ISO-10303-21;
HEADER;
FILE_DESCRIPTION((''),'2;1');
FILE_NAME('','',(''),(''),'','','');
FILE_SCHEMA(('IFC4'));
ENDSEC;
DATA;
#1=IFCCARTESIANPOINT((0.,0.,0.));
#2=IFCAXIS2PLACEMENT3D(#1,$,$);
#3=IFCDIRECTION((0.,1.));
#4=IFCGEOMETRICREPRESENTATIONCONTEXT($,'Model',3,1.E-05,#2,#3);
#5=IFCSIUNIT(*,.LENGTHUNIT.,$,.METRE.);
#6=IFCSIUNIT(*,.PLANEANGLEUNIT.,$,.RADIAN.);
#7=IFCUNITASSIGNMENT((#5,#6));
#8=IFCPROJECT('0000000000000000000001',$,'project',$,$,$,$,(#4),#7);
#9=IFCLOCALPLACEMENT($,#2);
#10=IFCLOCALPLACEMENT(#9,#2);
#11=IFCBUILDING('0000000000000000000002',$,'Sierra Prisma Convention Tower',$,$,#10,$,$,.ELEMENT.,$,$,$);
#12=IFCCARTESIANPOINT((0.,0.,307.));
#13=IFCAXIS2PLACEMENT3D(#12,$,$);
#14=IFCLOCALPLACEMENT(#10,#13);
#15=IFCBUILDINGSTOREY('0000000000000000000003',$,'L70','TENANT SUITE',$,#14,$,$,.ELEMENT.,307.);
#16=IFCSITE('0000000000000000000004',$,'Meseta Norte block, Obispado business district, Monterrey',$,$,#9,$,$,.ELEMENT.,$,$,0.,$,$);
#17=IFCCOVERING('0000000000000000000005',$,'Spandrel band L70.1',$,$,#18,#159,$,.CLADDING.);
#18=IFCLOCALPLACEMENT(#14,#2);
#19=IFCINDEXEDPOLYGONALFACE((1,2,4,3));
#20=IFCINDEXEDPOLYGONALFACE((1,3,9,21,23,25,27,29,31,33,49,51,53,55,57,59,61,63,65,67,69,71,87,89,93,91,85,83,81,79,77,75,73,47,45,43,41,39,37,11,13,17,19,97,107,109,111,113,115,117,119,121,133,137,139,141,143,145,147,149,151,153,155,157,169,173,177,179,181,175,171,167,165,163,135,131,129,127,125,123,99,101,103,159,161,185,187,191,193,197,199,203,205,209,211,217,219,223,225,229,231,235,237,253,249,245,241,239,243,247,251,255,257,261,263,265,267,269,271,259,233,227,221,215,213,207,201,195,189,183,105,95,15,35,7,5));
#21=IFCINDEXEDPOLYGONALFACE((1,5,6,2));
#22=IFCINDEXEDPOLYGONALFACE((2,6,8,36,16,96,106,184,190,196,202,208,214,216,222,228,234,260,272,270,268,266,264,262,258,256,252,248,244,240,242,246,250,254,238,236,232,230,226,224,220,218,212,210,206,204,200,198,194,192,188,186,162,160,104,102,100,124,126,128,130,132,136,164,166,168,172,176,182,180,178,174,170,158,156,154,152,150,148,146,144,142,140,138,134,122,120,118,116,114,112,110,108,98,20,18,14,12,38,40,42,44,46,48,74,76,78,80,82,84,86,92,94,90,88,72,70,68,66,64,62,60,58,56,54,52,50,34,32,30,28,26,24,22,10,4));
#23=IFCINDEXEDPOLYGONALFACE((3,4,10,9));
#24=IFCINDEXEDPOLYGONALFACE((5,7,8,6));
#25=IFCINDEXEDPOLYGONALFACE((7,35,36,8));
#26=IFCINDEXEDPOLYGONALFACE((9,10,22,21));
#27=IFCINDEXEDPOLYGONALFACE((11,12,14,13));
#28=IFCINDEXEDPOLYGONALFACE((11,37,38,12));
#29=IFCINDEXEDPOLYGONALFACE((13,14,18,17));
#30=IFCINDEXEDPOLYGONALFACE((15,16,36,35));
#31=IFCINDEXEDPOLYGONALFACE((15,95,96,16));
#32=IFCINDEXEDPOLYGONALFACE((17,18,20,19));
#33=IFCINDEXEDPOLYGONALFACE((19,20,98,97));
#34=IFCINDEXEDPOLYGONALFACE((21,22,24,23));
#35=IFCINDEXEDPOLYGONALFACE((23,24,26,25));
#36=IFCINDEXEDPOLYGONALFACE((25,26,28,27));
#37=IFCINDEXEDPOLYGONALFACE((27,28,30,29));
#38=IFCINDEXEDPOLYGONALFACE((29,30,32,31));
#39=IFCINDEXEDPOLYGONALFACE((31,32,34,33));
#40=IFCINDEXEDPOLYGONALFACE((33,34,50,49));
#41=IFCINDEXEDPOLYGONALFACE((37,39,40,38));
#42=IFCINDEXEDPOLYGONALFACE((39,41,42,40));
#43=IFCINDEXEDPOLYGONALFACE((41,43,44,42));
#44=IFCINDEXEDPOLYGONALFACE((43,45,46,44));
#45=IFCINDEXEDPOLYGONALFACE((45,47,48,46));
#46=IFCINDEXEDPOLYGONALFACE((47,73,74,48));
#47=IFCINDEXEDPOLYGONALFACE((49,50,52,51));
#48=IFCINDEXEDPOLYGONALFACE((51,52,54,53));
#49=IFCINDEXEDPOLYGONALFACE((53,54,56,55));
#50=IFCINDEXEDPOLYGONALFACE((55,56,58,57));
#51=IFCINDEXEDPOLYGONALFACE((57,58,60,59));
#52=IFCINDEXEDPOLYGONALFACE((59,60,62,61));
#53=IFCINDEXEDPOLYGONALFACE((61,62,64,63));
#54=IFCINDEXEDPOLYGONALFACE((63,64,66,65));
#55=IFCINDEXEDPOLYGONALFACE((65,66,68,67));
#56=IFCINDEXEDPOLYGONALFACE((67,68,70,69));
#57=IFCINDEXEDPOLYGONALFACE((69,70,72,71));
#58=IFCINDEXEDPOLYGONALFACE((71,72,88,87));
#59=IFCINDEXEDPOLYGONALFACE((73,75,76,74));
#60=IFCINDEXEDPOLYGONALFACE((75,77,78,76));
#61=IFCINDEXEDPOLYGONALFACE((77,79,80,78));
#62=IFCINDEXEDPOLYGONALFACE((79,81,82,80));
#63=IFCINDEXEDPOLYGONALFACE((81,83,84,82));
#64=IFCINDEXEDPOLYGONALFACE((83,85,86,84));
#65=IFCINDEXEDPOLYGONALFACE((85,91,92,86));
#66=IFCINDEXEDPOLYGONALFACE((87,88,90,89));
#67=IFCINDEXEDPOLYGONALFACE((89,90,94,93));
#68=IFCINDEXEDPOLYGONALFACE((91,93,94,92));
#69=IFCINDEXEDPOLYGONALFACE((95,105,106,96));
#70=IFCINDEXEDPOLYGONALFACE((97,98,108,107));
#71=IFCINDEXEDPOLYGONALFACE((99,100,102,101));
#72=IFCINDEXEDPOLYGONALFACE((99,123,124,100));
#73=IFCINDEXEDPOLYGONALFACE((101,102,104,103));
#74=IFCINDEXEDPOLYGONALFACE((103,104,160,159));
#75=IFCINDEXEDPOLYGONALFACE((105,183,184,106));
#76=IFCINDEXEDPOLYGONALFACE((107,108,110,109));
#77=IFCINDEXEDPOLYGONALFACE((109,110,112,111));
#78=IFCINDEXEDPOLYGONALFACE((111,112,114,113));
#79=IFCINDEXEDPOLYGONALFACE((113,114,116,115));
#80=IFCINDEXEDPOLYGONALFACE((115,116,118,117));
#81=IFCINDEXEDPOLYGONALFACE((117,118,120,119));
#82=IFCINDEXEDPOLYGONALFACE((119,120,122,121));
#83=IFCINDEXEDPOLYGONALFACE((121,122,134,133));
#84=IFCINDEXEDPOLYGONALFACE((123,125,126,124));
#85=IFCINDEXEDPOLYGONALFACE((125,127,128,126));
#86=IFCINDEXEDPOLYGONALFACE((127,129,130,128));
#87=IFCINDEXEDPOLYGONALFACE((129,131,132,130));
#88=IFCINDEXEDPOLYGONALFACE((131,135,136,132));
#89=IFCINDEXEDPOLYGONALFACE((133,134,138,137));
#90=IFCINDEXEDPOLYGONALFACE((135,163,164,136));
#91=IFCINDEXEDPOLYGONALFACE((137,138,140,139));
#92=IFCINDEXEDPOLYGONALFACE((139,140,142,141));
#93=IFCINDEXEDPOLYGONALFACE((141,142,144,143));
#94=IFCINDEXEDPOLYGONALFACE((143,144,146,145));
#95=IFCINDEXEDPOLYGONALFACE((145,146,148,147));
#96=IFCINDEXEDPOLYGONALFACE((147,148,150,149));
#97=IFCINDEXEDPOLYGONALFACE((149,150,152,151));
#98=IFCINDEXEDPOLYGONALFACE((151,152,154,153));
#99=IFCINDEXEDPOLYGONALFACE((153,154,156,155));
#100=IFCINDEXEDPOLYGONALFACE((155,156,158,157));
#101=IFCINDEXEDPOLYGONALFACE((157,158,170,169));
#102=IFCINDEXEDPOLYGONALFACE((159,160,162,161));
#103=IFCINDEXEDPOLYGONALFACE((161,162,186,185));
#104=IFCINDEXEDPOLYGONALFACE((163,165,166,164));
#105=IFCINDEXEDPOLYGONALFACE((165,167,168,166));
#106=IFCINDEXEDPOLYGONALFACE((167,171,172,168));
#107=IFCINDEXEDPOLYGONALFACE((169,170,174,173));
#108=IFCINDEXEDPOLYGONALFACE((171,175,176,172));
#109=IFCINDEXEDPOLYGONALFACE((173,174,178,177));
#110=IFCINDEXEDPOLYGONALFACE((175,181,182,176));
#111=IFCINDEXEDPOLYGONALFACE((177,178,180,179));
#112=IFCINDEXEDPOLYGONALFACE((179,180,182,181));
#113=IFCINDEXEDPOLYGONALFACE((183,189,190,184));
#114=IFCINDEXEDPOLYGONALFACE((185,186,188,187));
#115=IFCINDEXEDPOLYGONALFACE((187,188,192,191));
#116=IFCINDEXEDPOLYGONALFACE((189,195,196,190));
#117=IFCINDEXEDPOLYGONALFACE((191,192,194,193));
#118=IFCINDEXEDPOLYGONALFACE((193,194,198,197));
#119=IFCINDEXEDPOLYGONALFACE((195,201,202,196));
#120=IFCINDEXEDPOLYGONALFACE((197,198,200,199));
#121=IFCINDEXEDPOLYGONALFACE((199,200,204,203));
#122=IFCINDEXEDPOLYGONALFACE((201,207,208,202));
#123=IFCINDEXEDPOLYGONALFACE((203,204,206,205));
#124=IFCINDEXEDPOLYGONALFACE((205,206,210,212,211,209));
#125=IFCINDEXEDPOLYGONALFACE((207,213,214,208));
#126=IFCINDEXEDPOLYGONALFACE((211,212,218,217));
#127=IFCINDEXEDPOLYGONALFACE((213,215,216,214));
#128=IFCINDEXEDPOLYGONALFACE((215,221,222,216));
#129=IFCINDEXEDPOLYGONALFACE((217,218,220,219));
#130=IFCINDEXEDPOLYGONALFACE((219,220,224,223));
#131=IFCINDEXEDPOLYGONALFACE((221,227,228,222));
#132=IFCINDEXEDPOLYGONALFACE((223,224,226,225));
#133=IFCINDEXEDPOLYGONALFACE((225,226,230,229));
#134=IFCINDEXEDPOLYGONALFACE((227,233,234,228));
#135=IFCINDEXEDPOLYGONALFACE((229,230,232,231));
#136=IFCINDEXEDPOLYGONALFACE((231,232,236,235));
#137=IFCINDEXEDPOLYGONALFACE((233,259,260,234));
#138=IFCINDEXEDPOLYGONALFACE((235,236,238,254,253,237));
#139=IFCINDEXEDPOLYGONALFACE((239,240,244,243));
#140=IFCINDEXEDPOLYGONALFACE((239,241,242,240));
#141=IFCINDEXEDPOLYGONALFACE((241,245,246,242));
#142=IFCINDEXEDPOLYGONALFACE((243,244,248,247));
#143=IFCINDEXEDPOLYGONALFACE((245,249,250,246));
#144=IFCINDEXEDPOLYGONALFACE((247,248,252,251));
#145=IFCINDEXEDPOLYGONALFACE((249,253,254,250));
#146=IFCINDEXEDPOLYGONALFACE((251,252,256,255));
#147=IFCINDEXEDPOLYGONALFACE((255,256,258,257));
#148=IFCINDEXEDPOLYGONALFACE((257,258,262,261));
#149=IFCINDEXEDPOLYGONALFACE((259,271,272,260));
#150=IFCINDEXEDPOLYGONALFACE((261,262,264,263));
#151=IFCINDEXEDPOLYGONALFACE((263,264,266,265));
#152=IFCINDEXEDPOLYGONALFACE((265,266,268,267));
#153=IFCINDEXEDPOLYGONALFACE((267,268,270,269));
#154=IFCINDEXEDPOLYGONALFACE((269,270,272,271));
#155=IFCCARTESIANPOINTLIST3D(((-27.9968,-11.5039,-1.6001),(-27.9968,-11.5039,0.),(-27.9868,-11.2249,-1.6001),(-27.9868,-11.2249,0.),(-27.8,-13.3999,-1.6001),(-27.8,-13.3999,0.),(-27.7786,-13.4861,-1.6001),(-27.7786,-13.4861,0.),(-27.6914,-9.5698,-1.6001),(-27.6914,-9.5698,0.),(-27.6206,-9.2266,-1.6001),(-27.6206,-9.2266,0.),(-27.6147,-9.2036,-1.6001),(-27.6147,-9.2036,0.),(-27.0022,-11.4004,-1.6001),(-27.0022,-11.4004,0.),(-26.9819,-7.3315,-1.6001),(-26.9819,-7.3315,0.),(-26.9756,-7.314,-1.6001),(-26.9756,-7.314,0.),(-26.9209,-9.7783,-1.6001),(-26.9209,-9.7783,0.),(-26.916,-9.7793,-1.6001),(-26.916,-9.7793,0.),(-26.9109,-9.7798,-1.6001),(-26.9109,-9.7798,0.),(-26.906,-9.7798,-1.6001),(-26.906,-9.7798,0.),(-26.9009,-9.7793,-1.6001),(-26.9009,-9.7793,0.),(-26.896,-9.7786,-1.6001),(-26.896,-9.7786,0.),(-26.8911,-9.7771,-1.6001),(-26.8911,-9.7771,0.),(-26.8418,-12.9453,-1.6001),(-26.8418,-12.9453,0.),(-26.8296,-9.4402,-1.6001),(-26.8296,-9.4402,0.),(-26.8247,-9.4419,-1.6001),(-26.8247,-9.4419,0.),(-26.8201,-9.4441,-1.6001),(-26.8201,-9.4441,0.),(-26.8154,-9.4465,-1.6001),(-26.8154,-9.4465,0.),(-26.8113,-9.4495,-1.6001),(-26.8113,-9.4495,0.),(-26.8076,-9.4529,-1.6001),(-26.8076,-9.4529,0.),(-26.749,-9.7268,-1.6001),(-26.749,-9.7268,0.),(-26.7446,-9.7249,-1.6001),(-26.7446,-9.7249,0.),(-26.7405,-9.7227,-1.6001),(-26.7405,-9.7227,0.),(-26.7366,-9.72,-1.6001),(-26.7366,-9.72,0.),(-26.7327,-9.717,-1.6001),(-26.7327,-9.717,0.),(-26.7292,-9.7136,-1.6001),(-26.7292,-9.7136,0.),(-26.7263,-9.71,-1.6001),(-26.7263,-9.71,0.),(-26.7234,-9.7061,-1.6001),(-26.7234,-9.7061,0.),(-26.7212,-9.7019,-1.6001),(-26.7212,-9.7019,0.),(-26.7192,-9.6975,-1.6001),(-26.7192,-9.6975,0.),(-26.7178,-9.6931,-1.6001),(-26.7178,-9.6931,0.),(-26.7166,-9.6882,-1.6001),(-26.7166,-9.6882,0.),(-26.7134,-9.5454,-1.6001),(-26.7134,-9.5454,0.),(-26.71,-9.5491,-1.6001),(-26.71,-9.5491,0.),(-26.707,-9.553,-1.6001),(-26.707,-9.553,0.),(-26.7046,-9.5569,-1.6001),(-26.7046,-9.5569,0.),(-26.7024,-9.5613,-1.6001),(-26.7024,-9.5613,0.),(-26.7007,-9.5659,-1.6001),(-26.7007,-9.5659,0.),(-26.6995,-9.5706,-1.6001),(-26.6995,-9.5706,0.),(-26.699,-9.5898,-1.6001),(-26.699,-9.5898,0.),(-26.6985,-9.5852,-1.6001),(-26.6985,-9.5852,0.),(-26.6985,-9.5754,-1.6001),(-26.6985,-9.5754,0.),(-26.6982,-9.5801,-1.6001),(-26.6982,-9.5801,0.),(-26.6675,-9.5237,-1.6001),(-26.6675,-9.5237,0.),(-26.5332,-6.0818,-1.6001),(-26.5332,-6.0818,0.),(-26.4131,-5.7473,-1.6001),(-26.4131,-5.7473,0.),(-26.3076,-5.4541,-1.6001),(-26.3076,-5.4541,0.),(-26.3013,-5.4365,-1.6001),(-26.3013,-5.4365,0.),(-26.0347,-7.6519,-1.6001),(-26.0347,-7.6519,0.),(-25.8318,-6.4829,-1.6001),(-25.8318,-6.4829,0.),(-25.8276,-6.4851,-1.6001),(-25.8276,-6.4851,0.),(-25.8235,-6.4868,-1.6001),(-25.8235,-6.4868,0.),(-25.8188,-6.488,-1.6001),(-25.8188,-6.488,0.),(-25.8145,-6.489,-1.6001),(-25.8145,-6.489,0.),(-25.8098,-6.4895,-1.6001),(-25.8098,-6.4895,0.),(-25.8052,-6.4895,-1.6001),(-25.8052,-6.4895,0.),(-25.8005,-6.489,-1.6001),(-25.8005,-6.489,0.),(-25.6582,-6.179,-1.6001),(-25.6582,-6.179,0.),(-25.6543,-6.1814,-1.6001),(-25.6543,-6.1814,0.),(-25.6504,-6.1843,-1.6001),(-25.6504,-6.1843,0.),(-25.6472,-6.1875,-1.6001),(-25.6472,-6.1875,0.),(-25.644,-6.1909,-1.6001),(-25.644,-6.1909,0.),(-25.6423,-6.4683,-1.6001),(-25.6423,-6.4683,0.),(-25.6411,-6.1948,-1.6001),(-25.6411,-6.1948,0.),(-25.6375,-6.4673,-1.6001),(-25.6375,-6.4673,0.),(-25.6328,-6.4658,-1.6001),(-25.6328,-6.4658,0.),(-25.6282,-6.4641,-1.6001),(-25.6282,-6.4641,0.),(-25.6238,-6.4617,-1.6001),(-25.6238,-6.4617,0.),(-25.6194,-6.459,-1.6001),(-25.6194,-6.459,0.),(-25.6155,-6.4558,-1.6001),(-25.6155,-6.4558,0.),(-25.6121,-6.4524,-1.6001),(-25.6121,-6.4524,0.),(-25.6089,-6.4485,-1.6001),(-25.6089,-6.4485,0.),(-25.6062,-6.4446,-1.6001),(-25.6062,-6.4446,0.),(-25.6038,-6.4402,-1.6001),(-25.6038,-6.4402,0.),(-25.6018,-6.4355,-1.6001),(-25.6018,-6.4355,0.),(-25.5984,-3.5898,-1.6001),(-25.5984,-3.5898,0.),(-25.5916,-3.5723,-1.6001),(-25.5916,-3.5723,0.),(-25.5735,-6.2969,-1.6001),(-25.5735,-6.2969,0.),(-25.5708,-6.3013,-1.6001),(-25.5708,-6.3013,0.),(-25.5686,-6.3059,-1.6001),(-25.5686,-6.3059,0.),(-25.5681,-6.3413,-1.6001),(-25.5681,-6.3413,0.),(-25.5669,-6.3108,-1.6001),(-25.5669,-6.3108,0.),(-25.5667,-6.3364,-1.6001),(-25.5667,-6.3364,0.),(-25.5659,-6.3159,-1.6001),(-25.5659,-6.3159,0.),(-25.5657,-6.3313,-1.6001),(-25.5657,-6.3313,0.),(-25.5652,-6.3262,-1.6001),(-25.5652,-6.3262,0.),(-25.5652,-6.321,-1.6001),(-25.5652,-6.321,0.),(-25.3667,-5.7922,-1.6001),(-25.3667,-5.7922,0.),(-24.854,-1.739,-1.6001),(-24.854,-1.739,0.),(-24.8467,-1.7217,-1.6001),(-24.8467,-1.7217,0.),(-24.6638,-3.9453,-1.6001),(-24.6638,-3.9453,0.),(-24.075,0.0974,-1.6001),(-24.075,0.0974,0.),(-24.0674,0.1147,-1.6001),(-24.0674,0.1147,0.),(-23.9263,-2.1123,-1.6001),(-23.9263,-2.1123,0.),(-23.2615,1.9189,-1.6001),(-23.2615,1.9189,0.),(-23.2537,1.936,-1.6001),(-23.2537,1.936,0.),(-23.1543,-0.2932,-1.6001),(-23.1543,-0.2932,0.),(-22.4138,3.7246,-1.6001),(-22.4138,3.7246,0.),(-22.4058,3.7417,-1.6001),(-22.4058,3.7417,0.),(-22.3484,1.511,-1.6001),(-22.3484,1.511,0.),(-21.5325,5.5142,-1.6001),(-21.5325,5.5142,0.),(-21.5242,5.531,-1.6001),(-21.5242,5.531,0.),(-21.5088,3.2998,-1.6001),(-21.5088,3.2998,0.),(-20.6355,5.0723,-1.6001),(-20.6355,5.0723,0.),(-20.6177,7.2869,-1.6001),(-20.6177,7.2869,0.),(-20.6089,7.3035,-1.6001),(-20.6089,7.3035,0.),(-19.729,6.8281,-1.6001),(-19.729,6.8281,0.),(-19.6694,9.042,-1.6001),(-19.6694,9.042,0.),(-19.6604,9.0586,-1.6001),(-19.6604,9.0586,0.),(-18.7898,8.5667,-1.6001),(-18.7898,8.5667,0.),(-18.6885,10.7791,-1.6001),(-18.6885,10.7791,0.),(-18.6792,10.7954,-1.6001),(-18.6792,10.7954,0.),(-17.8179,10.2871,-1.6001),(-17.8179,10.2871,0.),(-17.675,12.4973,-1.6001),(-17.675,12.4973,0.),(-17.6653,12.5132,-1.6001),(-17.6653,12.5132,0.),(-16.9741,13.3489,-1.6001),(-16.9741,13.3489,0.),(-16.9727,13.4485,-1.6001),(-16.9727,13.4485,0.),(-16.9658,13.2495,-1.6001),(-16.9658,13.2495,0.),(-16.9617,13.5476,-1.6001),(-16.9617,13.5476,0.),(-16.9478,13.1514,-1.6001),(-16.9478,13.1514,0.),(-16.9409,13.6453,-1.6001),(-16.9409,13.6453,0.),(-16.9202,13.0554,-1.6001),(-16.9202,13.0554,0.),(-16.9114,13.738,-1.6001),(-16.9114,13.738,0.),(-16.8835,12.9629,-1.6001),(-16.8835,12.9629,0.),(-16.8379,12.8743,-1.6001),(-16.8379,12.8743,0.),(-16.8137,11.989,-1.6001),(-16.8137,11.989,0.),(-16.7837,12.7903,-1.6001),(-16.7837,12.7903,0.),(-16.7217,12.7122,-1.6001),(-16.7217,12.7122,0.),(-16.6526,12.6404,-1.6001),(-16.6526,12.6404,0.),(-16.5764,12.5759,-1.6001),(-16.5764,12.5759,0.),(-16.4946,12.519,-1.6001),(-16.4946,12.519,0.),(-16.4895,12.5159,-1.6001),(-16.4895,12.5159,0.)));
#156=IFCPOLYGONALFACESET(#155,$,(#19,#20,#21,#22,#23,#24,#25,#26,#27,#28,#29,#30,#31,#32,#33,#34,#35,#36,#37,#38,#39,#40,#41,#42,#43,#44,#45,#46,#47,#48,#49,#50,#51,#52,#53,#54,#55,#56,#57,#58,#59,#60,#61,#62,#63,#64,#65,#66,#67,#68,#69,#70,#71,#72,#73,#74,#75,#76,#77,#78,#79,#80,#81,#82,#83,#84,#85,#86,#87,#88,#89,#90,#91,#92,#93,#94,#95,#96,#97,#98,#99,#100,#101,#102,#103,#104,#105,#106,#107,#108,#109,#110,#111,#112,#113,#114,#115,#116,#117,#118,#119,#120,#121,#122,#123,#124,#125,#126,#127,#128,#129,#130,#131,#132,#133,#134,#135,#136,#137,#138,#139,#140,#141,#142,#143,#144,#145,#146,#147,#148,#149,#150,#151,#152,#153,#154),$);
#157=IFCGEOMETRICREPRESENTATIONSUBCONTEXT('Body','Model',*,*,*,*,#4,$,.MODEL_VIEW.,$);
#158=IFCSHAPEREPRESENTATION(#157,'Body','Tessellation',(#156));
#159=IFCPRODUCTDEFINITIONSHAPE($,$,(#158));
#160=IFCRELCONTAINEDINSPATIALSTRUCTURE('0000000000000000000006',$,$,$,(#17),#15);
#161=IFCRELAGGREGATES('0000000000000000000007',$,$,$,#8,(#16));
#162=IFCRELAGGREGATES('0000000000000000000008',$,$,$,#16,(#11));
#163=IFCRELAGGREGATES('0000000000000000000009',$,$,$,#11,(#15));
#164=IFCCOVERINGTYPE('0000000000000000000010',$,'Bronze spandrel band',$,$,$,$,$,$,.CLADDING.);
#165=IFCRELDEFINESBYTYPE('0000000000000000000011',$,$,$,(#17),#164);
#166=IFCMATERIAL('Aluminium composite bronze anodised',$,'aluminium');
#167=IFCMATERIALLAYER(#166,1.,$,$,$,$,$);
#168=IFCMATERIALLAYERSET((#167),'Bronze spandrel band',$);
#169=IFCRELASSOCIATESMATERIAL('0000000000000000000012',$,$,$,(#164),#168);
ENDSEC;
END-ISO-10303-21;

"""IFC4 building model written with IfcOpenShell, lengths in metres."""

from ifc_helpers import new_model, si_unit, direction, frame, origin, place, context, subcontext, project, spatial, polyline, outline, extrude, material, layer, layer_set, type_object, element, save


model = new_model("IFC4")

# Units and contexts
model_context = context("Model", 3, precision=1e-05, world=origin(), true_north=direction((0.0, 1.0)))
body_context = subcontext(model_context, "Body", "Model", "MODEL_VIEW")
ifc_project = project(units=[si_unit("LENGTHUNIT", "METRE"), si_unit("PLANEANGLEUNIT", "RADIAN")], contexts=[model_context])

# Site, building, storey
site_placement = place(None, origin())
site = spatial("IfcSite", under=ifc_project, at=site_placement, Name="Meseta Norte block, Obispado business district, Monterrey", CompositionType="ELEMENT", RefElevation=0.0)
building_placement = place(site_placement, origin())
building = spatial("IfcBuilding", under=site, at=building_placement, Name="Sierra Prisma Convention Tower", CompositionType="ELEMENT")
storey_placement = place(building_placement, frame((0.0, 0.0, 307.0)))
storey = spatial("IfcBuildingStorey", under=building, at=storey_placement, Name="L70", Description="TENANT SUITE", CompositionType="ELEMENT", Elevation=307.0)

# Covering
ifc_material_1 = material(Name="Aluminium composite bronze anodised", Category="aluminium")
ifc_layer_1 = layer(ifc_material_1, 1.0)
ifc_layer_set_1 = layer_set([ifc_layer_1], Name="Bronze spandrel band")
covering_type_1 = type_object("IfcCoveringType", Name="Bronze spandrel band", PredefinedType="CLADDING", material=ifc_layer_set_1)
covering_1_placement = place(storey_placement, frame((0.0, 0.0, -1.6001)))
element("IfcCovering", 1, at=covering_1_placement, inside=storey, type_object=covering_type_1, Name="Spandrel band L70.1", PredefinedType="CLADDING", context=body_context, shape_type="SweptSolid", body=[
    extrude(outline(polyline([(-26.916, -9.7793), (-26.9109, -9.7798), (-26.906, -9.7798), (-26.9009, -9.7793), (-26.896, -9.7786), (-26.8911, -9.7771), (-26.749, -9.7268), (-26.7446, -9.7249), (-26.7405, -9.7227), (-26.7366, -9.72), (-26.7327, -9.717), (-26.7292, -9.7136), (-26.7263, -9.71), (-26.7234, -9.7061), (-26.7212, -9.7019), (-26.7192, -9.6975), (-26.7178, -9.6931), (-26.7166, -9.6882), (-26.699, -9.5898), (-26.6985, -9.5852), (-26.6982, -9.5801), (-26.6985, -9.5754), (-26.6995, -9.5706), (-26.7007, -9.5659), (-26.7024, -9.5613), (-26.7046, -9.5569), (-26.707, -9.553), (-26.71, -9.5491), (-26.7134, -9.5454), (-26.8076, -9.4529), (-26.8113, -9.4495), (-26.8154, -9.4465), (-26.8201, -9.4441), (-26.8247, -9.4419), (-26.8296, -9.4402), (-27.6206, -9.2266), (-27.6147, -9.2036), (-26.9819, -7.3315), (-26.9756, -7.314), (-26.5332, -6.0818), (-25.8318, -6.4829), (-25.8276, -6.4851), (-25.8235, -6.4868), (-25.8188, -6.488), (-25.8145, -6.489), (-25.8098, -6.4895), (-25.8052, -6.4895), (-25.8005, -6.489), (-25.6423, -6.4683), (-25.6375, -6.4673), (-25.6328, -6.4658), (-25.6282, -6.4641), (-25.6238, -6.4617), (-25.6194, -6.459), (-25.6155, -6.4558), (-25.6121, -6.4524), (-25.6089, -6.4485), (-25.6062, -6.4446), (-25.6038, -6.4402), (-25.6018, -6.4355), (-25.5681, -6.3413), (-25.5667, -6.3364), (-25.5657, -6.3313), (-25.5652, -6.3262), (-25.5652, -6.321), (-25.5659, -6.3159), (-25.5669, -6.3108), (-25.5686, -6.3059), (-25.5708, -6.3013), (-25.5735, -6.2969), (-25.6411, -6.1948), (-25.644, -6.1909), (-25.6472, -6.1875), (-25.6504, -6.1843), (-25.6543, -6.1814), (-25.6582, -6.179), (-26.4131, -5.7473), (-26.3076, -5.4541), (-26.3013, -5.4365), (-25.5984, -3.5898), (-25.5916, -3.5723), (-24.854, -1.739), (-24.8467, -1.7217), (-24.075, 0.0974), (-24.0674, 0.1147), (-23.2615, 1.9189), (-23.2537, 1.936), (-22.4138, 3.7246), (-22.4058, 3.7417), (-21.5325, 5.5142), (-21.5242, 5.531), (-20.6177, 7.2869), (-20.6089, 7.3035), (-19.6694, 9.042), (-19.6604, 9.0586), (-18.6885, 10.7791), (-18.6792, 10.7954), (-17.675, 12.4973), (-17.6653, 12.5132), (-16.9114, 13.738), (-16.9409, 13.6453), (-16.9617, 13.5476), (-16.9727, 13.4485), (-16.9741, 13.3489), (-16.9658, 13.2495), (-16.9478, 13.1514), (-16.9202, 13.0554), (-16.8835, 12.9629), (-16.8379, 12.8743), (-16.7837, 12.7903), (-16.7217, 12.7122), (-16.6526, 12.6404), (-16.5764, 12.5759), (-16.4946, 12.519), (-16.4895, 12.5159), (-16.8137, 11.989), (-17.8179, 10.2871), (-18.7898, 8.5667), (-19.729, 6.8281), (-20.6355, 5.0723), (-21.5088, 3.2998), (-22.3484, 1.511), (-23.1543, -0.2932), (-23.9263, -2.1123), (-24.6638, -3.9453), (-25.3667, -5.7922), (-26.0347, -7.6519), (-26.6675, -9.5237), (-27.0022, -11.4004), (-26.8418, -12.9453), (-27.7786, -13.4861), (-27.8, -13.3999), (-27.9968, -11.5039), (-27.9868, -11.2249), (-27.6914, -9.5698), (-26.9209, -9.7783), (-26.916, -9.7793)])), origin(), (0.0, 0.0, 1.0), 1.6001),
])

save(model, "model.ifc")
